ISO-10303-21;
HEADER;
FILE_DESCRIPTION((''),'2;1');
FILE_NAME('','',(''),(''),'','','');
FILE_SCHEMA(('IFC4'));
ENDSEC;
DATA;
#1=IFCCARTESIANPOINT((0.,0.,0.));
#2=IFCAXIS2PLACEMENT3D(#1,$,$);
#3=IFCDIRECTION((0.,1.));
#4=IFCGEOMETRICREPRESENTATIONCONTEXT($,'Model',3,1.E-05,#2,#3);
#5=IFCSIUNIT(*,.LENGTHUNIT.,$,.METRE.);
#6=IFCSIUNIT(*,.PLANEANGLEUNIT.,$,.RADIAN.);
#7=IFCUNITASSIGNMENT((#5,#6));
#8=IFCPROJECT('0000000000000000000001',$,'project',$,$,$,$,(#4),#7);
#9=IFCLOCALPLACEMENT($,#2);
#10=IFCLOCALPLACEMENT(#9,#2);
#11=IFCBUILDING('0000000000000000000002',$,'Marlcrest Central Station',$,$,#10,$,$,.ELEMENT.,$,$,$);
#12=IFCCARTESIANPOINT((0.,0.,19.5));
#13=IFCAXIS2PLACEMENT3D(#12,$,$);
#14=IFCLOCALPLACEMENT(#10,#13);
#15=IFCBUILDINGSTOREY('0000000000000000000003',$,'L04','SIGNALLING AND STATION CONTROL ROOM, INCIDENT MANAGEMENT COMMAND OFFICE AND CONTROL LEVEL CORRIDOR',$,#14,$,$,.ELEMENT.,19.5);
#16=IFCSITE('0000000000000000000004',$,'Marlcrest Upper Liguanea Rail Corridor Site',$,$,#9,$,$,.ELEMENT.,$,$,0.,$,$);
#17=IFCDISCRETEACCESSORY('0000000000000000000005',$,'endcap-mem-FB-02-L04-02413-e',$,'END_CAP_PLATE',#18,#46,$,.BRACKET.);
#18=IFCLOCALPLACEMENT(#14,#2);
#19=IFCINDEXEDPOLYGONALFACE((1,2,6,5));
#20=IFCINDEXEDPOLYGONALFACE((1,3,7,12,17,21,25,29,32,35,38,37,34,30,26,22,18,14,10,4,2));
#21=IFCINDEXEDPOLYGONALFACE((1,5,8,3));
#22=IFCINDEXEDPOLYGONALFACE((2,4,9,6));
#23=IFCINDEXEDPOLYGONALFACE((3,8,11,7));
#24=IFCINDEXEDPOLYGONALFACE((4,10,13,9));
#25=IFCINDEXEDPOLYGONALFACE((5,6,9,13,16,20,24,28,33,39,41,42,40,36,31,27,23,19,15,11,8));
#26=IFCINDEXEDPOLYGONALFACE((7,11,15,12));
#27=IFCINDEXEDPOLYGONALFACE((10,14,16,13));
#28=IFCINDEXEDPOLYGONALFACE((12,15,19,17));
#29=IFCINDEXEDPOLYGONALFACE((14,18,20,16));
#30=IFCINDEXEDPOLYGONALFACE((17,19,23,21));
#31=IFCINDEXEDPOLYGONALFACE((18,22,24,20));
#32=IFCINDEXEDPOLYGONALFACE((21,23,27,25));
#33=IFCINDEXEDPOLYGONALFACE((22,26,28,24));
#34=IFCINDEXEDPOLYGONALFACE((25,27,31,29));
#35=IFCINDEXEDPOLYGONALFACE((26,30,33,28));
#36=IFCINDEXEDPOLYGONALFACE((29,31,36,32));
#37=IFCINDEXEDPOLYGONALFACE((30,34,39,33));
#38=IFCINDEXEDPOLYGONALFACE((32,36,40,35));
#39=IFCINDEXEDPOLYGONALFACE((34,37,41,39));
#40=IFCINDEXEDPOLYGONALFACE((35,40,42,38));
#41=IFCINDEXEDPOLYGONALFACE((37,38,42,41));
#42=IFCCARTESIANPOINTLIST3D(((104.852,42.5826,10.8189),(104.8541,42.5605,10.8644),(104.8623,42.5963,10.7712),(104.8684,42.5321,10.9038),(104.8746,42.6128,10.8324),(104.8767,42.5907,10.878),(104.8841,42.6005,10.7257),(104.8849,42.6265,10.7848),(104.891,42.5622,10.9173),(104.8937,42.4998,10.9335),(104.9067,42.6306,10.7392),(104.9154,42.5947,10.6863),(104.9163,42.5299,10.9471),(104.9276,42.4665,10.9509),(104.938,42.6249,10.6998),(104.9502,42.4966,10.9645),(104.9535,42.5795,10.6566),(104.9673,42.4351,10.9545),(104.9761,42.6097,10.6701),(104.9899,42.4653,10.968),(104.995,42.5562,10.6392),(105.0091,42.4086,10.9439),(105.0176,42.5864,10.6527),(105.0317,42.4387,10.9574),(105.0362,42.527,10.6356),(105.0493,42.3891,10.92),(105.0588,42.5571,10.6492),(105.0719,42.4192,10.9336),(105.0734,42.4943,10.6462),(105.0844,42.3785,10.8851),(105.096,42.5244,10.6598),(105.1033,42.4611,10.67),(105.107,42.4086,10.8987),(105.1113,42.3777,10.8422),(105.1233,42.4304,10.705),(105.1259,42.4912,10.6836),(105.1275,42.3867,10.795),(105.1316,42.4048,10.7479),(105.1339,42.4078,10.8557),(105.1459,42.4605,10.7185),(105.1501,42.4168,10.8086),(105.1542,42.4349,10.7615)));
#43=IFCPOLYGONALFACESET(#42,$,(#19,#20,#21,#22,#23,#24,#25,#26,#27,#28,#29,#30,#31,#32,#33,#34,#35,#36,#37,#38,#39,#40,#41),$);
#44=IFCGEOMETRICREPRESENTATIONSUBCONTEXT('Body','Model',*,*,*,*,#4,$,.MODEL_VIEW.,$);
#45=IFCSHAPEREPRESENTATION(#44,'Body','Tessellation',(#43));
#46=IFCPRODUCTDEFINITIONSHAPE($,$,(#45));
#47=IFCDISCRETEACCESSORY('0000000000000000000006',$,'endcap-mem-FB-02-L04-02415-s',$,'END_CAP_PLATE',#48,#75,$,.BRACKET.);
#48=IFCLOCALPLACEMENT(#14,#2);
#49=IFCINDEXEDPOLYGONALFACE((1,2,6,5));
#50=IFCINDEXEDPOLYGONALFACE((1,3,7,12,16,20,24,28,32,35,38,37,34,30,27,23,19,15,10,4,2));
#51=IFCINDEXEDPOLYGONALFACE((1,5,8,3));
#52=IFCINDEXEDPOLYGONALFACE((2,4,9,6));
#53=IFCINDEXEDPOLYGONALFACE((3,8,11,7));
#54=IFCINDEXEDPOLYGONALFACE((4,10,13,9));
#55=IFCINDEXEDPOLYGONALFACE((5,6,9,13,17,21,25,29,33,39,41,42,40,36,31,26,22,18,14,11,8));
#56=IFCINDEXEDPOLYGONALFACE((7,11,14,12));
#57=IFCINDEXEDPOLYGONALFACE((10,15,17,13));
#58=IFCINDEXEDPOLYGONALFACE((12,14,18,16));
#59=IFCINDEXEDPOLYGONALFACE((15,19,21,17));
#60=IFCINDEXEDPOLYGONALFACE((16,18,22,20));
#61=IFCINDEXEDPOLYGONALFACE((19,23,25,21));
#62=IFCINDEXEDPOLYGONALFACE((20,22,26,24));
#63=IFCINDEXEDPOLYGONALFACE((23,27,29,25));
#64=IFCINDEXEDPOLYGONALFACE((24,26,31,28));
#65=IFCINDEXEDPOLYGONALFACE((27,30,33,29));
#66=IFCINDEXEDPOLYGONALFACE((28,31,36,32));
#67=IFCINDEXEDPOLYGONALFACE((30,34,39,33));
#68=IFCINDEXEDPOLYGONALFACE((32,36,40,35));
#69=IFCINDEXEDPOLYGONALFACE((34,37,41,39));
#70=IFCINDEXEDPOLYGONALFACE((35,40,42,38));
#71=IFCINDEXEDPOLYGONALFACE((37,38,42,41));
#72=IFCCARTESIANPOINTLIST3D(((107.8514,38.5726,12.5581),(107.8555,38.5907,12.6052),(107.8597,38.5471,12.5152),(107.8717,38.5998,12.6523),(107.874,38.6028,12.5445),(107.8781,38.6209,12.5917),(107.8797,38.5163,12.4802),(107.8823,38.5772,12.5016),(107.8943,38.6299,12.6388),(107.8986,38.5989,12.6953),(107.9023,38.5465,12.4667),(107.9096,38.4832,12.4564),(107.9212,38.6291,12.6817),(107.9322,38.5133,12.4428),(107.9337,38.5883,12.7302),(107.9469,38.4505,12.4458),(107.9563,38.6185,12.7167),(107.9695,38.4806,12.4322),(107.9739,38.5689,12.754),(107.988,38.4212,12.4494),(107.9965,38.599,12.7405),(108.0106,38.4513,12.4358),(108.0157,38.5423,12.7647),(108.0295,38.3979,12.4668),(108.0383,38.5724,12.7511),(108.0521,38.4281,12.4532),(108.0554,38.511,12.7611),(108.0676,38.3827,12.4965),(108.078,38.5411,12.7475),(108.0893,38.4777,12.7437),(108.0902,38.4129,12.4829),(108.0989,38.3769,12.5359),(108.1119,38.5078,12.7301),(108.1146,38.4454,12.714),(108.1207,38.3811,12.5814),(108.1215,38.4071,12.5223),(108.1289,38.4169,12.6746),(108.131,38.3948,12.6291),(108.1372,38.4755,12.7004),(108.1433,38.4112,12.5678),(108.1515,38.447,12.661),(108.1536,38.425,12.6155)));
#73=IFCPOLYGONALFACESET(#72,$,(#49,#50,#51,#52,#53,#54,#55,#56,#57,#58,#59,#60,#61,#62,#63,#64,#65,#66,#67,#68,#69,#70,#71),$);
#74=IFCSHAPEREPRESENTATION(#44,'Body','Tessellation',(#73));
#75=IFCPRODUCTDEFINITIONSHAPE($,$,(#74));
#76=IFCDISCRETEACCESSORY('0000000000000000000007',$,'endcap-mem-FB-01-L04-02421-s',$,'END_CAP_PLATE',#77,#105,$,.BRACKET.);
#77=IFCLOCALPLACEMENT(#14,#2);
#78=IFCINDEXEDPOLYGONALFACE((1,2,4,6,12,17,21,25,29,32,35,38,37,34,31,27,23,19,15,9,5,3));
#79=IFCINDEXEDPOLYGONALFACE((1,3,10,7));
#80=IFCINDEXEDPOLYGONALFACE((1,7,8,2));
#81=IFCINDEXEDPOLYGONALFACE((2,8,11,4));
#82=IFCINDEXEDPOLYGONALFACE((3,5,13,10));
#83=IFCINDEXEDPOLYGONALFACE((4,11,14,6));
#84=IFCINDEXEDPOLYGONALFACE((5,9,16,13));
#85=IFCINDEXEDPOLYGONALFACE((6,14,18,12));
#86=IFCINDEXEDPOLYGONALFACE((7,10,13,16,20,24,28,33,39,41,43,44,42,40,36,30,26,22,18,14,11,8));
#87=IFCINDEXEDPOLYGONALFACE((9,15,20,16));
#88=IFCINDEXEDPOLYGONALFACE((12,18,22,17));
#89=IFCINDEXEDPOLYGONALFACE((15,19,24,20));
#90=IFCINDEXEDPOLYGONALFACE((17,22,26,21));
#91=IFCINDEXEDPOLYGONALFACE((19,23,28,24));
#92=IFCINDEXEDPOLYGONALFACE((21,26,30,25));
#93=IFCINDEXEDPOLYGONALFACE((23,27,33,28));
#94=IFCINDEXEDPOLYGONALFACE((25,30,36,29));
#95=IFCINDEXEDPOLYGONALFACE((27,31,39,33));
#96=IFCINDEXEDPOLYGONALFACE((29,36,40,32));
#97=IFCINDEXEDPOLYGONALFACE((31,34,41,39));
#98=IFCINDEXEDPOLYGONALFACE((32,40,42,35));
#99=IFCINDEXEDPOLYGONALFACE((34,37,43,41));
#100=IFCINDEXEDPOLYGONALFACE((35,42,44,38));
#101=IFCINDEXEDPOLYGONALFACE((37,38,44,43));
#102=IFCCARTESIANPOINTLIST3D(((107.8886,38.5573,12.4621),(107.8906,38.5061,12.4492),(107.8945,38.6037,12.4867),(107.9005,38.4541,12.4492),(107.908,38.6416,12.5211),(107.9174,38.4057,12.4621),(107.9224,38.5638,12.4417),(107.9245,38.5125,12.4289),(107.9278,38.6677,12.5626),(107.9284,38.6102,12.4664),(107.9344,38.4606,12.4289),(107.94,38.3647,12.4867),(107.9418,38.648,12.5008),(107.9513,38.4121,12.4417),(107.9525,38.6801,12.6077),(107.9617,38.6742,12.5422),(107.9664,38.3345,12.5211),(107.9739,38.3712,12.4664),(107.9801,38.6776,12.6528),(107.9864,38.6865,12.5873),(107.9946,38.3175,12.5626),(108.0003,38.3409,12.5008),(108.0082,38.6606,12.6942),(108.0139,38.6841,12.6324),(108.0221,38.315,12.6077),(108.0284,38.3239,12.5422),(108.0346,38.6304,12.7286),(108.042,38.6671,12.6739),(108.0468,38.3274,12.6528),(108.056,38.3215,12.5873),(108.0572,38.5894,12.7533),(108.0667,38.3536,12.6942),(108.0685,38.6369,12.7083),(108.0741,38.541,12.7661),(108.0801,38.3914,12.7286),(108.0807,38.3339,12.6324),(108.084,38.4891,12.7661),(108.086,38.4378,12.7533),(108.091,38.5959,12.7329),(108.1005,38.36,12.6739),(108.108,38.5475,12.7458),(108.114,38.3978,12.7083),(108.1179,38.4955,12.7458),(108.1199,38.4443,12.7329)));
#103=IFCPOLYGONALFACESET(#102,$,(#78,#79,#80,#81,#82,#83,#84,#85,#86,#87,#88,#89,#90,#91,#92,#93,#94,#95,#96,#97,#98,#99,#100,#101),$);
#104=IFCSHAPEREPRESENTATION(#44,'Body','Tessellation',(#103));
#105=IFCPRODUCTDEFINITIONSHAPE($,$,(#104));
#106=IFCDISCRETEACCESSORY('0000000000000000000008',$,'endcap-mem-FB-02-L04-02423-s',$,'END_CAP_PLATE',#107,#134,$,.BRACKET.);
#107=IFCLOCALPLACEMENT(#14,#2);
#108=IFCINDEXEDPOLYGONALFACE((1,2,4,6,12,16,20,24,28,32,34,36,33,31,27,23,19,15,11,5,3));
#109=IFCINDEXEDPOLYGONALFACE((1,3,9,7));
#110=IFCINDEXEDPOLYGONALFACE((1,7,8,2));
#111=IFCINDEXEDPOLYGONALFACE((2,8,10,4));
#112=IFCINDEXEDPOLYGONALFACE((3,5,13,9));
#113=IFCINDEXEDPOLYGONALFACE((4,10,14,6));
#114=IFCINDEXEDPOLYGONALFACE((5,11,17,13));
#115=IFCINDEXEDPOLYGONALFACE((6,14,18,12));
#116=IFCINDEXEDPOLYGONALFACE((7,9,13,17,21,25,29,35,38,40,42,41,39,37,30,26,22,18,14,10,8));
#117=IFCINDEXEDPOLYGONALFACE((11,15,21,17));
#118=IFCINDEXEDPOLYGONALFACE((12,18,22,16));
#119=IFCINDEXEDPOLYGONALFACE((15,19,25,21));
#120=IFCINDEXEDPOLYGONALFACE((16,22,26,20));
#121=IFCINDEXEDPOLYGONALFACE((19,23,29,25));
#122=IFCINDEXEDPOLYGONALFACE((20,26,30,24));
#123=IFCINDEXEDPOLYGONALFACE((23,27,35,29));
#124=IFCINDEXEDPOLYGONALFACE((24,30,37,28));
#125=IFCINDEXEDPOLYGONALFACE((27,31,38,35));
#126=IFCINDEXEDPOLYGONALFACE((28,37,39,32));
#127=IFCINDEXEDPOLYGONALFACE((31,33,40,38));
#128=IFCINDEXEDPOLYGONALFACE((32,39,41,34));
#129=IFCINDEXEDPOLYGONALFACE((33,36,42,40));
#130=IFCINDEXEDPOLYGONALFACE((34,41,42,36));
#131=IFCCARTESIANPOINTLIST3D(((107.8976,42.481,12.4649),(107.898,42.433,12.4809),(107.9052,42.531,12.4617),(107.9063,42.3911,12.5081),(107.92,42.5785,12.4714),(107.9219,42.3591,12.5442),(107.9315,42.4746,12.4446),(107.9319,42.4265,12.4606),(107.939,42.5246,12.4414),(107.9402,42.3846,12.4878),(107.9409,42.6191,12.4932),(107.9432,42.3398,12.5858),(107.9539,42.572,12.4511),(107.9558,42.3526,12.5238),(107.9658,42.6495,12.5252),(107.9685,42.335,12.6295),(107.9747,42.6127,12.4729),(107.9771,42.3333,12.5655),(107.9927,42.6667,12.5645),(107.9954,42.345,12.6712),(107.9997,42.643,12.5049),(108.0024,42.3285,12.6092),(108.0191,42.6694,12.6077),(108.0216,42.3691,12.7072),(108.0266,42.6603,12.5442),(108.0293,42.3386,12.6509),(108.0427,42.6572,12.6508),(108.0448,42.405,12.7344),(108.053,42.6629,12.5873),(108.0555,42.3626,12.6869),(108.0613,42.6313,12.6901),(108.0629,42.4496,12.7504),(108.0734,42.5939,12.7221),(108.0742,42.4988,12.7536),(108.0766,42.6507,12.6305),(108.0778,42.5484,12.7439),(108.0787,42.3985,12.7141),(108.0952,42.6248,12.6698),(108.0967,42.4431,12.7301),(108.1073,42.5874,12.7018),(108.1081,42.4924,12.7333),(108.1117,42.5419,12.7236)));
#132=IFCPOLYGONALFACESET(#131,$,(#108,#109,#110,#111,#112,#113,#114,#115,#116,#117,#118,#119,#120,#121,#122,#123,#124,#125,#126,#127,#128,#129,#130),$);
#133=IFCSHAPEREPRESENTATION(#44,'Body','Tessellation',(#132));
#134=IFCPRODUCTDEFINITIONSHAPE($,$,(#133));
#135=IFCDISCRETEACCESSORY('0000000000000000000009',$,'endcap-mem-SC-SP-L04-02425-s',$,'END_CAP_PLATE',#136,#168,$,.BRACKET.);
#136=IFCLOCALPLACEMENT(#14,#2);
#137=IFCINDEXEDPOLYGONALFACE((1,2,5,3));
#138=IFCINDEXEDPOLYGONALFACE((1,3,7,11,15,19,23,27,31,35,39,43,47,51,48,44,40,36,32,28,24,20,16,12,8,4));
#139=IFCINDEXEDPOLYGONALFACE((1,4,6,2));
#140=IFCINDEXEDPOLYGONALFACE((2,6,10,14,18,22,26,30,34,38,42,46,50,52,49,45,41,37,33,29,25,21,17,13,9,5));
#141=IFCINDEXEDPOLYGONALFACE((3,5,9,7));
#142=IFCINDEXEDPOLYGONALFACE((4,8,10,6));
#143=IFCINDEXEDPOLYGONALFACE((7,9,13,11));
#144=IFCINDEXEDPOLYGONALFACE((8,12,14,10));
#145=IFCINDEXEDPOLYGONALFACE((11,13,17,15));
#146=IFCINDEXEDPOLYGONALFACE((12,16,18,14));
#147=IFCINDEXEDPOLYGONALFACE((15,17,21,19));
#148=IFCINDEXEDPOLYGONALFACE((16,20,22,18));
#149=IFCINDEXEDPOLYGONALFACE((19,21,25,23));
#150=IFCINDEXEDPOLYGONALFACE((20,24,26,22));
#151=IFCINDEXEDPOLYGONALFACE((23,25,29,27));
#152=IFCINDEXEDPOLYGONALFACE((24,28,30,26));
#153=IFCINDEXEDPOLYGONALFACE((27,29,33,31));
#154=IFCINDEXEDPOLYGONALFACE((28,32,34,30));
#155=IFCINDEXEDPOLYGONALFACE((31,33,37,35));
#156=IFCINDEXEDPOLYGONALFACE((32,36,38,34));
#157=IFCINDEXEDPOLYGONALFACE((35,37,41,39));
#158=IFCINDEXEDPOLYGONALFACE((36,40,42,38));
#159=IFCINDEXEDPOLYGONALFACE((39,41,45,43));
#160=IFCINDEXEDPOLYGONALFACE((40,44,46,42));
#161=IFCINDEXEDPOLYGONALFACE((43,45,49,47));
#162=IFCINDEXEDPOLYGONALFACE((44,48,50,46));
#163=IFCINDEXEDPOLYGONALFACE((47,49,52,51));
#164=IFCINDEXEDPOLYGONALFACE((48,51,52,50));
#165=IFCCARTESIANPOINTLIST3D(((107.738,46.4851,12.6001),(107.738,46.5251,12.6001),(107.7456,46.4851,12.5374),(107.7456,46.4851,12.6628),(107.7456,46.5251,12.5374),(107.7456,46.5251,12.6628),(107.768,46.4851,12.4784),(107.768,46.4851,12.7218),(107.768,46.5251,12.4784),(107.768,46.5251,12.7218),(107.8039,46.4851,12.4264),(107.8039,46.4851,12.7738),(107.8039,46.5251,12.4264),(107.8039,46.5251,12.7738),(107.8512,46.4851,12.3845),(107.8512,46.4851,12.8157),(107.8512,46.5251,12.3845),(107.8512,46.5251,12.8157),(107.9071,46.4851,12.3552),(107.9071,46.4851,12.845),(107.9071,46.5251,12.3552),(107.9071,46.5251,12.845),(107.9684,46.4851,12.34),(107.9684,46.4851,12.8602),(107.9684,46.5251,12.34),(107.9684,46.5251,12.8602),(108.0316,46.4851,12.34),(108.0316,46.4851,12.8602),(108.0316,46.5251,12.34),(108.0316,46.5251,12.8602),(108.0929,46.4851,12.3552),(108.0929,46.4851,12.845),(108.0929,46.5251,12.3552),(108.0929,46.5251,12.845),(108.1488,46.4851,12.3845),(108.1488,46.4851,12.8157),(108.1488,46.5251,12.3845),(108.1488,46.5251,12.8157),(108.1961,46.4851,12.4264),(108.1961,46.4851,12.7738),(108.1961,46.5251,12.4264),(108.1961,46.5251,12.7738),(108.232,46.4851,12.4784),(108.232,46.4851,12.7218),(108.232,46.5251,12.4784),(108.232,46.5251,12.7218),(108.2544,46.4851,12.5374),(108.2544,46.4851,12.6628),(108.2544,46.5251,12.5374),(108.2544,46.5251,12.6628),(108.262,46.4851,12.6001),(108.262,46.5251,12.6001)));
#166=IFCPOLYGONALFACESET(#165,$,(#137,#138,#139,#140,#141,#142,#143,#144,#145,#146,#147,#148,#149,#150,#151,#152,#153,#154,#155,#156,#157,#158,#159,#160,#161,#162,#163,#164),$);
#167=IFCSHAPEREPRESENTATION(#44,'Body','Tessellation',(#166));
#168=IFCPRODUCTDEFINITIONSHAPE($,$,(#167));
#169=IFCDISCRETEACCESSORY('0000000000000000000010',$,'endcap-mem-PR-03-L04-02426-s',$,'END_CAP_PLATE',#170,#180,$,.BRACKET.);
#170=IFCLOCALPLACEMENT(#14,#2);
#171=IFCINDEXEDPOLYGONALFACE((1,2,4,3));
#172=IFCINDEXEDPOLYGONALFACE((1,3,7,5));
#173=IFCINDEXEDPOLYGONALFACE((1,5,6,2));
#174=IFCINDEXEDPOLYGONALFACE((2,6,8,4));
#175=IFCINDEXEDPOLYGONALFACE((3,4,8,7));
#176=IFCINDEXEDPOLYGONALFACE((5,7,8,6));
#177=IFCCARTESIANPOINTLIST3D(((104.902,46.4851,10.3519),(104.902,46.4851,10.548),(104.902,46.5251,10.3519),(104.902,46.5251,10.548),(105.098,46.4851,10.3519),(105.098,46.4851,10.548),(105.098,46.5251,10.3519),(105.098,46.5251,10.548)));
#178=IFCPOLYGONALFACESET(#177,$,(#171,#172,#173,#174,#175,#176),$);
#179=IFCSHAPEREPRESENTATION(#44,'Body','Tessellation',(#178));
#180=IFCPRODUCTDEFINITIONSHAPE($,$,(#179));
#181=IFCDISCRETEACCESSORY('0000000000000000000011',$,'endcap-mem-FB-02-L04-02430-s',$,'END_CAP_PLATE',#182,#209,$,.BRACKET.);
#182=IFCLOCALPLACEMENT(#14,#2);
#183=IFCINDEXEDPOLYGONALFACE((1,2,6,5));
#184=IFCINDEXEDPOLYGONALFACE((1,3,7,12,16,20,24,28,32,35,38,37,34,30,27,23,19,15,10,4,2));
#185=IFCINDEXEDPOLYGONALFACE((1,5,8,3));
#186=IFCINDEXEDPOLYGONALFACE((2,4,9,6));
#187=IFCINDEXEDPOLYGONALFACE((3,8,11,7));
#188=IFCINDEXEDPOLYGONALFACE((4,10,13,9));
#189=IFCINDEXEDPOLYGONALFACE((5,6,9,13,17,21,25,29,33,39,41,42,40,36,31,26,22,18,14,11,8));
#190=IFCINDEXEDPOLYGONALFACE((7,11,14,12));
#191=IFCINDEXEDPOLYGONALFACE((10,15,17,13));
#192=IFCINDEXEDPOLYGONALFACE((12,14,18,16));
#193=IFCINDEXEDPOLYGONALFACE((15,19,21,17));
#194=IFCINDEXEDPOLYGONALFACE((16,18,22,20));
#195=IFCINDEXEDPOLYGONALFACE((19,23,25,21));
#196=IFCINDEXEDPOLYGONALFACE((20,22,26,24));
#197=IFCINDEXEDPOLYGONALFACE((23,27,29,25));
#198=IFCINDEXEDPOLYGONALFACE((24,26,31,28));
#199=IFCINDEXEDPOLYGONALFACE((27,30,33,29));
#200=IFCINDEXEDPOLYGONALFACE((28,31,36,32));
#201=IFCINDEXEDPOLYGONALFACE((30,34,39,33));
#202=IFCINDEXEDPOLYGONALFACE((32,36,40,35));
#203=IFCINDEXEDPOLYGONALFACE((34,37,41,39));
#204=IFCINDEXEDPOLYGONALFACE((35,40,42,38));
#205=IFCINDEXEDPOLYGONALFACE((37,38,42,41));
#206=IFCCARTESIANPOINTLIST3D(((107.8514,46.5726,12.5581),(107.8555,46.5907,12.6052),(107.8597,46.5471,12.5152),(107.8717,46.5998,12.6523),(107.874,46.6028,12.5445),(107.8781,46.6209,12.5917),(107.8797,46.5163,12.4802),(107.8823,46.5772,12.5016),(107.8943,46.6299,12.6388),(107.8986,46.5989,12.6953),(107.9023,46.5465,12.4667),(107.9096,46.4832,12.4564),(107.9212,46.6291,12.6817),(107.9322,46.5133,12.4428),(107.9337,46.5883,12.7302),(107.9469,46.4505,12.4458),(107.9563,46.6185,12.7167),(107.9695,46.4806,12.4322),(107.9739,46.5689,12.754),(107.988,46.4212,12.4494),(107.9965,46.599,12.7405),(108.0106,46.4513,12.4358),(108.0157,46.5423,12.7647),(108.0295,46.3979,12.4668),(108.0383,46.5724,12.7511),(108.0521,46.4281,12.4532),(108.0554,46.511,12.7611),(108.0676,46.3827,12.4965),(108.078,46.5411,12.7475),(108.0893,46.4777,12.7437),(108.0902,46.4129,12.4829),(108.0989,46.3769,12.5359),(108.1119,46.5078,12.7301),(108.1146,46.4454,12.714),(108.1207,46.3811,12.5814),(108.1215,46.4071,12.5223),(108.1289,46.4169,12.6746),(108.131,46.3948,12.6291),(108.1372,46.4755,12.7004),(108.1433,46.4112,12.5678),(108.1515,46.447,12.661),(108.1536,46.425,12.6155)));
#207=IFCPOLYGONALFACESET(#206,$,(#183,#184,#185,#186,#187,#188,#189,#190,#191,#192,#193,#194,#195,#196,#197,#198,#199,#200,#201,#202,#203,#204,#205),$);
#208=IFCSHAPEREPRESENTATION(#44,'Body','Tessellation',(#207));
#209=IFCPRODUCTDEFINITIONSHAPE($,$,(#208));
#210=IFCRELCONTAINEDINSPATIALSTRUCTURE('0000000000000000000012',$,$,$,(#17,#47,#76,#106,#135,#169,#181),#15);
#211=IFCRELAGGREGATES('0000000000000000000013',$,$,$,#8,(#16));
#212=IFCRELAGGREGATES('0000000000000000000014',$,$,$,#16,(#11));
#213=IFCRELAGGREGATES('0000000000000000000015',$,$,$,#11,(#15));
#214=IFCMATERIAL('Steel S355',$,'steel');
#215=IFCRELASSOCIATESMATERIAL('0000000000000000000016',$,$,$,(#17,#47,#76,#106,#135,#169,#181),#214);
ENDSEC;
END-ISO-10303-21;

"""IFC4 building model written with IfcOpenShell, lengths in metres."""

from ifc_helpers import new_model, si_unit, direction, frame, origin, origin_2d, place, context, subcontext, project, spatial, rectangle, circle, extrude, material, element, save


model = new_model("IFC4")

# Units and contexts
model_context = context("Model", 3, precision=1e-05, world=origin(), true_north=direction((0.0, 1.0)))
body_context = subcontext(model_context, "Body", "Model", "MODEL_VIEW")
ifc_project = project(units=[si_unit("LENGTHUNIT", "METRE"), si_unit("PLANEANGLEUNIT", "RADIAN")], contexts=[model_context])

# Site, building, storey
site_placement = place(None, origin())
site = spatial("IfcSite", under=ifc_project, at=site_placement, Name="Marlcrest Upper Liguanea Rail Corridor Site", CompositionType="ELEMENT", RefElevation=0.0)
building_placement = place(site_placement, origin())
building = spatial("IfcBuilding", under=site, at=building_placement, Name="Marlcrest Central Station", CompositionType="ELEMENT")
storey_placement = place(building_placement, frame((0.0, 0.0, 19.5)))
storey = spatial("IfcBuildingStorey", under=building, at=storey_placement, Name="L04", Description="SIGNALLING AND STATION CONTROL ROOM, INCIDENT MANAGEMENT COMMAND OFFICE AND CONTROL LEVEL CORRIDOR", CompositionType="ELEMENT", Elevation=19.5)

# Discrete accessories
ifc_material_1 = material(Name="Steel S355", Category="steel")
for number, where, z_axis, x_axis, name in (
    (1, (105.0142, 42.5188, 10.8086), (-0.564531, -0.752708, -0.338728), (0.8, -0.6, 0.0), "endcap-mem-FB-02-L04-02413-e"),
    (2, (107.9915, 38.4888, 12.6052), (0.564531, 0.752708, -0.338728), (-0.8, 0.6, 0.0), "endcap-mem-FB-02-L04-02415-s"),
):
    element("IfcDiscreteAccessory", number, at=place(storey_placement, frame(where, z_axis=z_axis, x_axis=x_axis)), inside=storey, material=ifc_material_1, Name=name, ObjectType="END_CAP_PLATE", PredefinedType="BRACKET", context=body_context, shape_type="SweptSolid", body=[
        extrude(circle(Radius=0.1699, at=origin_2d()), origin(), (0.0, 0.0, 1.0), 0.04),
    ])
discrete_accessory_1_placement = place(storey_placement, frame((107.9873, 38.4976, 12.6077), z_axis=(0.846277, 0.161196, -0.50777), x_axis=(-0.187112, 0.982339, 0.0)))
element("IfcDiscreteAccessory", 3, at=discrete_accessory_1_placement, inside=storey, material=ifc_material_1, Name="endcap-mem-FB-01-L04-02421-s", ObjectType="END_CAP_PLATE", PredefinedType="BRACKET", context=body_context, shape_type="SweptSolid", body=[
    extrude(circle(Radius=0.1858, at=origin_2d()), origin(), (0.0, 0.0, 1.0), 0.04),
])
discrete_accessory_2_placement = place(storey_placement, frame((107.9873, 42.5024, 12.6077), z_axis=(0.846277, -0.161196, -0.50777), x_axis=(0.187112, 0.982339, 0.0)))
element("IfcDiscreteAccessory", 4, at=discrete_accessory_2_placement, inside=storey, material=ifc_material_1, Name="endcap-mem-FB-02-L04-02423-s", ObjectType="END_CAP_PLATE", PredefinedType="BRACKET", context=body_context, shape_type="SweptSolid", body=[
    extrude(circle(Radius=0.1699, at=origin_2d()), origin(), (0.0, 0.0, 1.0), 0.04),
])
discrete_accessory_3_placement = place(storey_placement, frame((108.0, 46.4851, 12.6001), z_axis=(0.0, 1.0, 0.0), x_axis=(-1.0, 0.0, 0.0)))
element("IfcDiscreteAccessory", 5, at=discrete_accessory_3_placement, inside=storey, material=ifc_material_1, Name="endcap-mem-SC-SP-L04-02425-s", ObjectType="END_CAP_PLATE", PredefinedType="BRACKET", context=body_context, shape_type="SweptSolid", body=[
    extrude(circle(Radius=0.262, at=origin_2d()), origin(), (0.0, 0.0, 1.0), 0.04),
])
discrete_accessory_4_placement = place(storey_placement, frame((105.0, 46.4851, 10.45), z_axis=(0.0, 1.0, 0.0), x_axis=(-1.0, 0.0, 0.0)))
element("IfcDiscreteAccessory", 6, at=discrete_accessory_4_placement, inside=storey, material=ifc_material_1, Name="endcap-mem-PR-03-L04-02426-s", ObjectType="END_CAP_PLATE", PredefinedType="BRACKET", context=body_context, shape_type="SweptSolid", body=[
    extrude(rectangle(XDim=0.196, YDim=0.196, at=origin_2d()), origin(), (0.0, 0.0, 1.0), 0.04),
])
discrete_accessory_5_placement = place(storey_placement, frame((107.9915, 46.4888, 12.6052), z_axis=(0.564531, 0.752708, -0.338728), x_axis=(-0.8, 0.6, 0.0)))
element("IfcDiscreteAccessory", 7, at=discrete_accessory_5_placement, inside=storey, material=ifc_material_1, Name="endcap-mem-FB-02-L04-02430-s", ObjectType="END_CAP_PLATE", PredefinedType="BRACKET", context=body_context, shape_type="SweptSolid", body=[
    extrude(circle(Radius=0.1699, at=origin_2d()), origin(), (0.0, 0.0, 1.0), 0.04),
])

save(model, "model.ifc")
